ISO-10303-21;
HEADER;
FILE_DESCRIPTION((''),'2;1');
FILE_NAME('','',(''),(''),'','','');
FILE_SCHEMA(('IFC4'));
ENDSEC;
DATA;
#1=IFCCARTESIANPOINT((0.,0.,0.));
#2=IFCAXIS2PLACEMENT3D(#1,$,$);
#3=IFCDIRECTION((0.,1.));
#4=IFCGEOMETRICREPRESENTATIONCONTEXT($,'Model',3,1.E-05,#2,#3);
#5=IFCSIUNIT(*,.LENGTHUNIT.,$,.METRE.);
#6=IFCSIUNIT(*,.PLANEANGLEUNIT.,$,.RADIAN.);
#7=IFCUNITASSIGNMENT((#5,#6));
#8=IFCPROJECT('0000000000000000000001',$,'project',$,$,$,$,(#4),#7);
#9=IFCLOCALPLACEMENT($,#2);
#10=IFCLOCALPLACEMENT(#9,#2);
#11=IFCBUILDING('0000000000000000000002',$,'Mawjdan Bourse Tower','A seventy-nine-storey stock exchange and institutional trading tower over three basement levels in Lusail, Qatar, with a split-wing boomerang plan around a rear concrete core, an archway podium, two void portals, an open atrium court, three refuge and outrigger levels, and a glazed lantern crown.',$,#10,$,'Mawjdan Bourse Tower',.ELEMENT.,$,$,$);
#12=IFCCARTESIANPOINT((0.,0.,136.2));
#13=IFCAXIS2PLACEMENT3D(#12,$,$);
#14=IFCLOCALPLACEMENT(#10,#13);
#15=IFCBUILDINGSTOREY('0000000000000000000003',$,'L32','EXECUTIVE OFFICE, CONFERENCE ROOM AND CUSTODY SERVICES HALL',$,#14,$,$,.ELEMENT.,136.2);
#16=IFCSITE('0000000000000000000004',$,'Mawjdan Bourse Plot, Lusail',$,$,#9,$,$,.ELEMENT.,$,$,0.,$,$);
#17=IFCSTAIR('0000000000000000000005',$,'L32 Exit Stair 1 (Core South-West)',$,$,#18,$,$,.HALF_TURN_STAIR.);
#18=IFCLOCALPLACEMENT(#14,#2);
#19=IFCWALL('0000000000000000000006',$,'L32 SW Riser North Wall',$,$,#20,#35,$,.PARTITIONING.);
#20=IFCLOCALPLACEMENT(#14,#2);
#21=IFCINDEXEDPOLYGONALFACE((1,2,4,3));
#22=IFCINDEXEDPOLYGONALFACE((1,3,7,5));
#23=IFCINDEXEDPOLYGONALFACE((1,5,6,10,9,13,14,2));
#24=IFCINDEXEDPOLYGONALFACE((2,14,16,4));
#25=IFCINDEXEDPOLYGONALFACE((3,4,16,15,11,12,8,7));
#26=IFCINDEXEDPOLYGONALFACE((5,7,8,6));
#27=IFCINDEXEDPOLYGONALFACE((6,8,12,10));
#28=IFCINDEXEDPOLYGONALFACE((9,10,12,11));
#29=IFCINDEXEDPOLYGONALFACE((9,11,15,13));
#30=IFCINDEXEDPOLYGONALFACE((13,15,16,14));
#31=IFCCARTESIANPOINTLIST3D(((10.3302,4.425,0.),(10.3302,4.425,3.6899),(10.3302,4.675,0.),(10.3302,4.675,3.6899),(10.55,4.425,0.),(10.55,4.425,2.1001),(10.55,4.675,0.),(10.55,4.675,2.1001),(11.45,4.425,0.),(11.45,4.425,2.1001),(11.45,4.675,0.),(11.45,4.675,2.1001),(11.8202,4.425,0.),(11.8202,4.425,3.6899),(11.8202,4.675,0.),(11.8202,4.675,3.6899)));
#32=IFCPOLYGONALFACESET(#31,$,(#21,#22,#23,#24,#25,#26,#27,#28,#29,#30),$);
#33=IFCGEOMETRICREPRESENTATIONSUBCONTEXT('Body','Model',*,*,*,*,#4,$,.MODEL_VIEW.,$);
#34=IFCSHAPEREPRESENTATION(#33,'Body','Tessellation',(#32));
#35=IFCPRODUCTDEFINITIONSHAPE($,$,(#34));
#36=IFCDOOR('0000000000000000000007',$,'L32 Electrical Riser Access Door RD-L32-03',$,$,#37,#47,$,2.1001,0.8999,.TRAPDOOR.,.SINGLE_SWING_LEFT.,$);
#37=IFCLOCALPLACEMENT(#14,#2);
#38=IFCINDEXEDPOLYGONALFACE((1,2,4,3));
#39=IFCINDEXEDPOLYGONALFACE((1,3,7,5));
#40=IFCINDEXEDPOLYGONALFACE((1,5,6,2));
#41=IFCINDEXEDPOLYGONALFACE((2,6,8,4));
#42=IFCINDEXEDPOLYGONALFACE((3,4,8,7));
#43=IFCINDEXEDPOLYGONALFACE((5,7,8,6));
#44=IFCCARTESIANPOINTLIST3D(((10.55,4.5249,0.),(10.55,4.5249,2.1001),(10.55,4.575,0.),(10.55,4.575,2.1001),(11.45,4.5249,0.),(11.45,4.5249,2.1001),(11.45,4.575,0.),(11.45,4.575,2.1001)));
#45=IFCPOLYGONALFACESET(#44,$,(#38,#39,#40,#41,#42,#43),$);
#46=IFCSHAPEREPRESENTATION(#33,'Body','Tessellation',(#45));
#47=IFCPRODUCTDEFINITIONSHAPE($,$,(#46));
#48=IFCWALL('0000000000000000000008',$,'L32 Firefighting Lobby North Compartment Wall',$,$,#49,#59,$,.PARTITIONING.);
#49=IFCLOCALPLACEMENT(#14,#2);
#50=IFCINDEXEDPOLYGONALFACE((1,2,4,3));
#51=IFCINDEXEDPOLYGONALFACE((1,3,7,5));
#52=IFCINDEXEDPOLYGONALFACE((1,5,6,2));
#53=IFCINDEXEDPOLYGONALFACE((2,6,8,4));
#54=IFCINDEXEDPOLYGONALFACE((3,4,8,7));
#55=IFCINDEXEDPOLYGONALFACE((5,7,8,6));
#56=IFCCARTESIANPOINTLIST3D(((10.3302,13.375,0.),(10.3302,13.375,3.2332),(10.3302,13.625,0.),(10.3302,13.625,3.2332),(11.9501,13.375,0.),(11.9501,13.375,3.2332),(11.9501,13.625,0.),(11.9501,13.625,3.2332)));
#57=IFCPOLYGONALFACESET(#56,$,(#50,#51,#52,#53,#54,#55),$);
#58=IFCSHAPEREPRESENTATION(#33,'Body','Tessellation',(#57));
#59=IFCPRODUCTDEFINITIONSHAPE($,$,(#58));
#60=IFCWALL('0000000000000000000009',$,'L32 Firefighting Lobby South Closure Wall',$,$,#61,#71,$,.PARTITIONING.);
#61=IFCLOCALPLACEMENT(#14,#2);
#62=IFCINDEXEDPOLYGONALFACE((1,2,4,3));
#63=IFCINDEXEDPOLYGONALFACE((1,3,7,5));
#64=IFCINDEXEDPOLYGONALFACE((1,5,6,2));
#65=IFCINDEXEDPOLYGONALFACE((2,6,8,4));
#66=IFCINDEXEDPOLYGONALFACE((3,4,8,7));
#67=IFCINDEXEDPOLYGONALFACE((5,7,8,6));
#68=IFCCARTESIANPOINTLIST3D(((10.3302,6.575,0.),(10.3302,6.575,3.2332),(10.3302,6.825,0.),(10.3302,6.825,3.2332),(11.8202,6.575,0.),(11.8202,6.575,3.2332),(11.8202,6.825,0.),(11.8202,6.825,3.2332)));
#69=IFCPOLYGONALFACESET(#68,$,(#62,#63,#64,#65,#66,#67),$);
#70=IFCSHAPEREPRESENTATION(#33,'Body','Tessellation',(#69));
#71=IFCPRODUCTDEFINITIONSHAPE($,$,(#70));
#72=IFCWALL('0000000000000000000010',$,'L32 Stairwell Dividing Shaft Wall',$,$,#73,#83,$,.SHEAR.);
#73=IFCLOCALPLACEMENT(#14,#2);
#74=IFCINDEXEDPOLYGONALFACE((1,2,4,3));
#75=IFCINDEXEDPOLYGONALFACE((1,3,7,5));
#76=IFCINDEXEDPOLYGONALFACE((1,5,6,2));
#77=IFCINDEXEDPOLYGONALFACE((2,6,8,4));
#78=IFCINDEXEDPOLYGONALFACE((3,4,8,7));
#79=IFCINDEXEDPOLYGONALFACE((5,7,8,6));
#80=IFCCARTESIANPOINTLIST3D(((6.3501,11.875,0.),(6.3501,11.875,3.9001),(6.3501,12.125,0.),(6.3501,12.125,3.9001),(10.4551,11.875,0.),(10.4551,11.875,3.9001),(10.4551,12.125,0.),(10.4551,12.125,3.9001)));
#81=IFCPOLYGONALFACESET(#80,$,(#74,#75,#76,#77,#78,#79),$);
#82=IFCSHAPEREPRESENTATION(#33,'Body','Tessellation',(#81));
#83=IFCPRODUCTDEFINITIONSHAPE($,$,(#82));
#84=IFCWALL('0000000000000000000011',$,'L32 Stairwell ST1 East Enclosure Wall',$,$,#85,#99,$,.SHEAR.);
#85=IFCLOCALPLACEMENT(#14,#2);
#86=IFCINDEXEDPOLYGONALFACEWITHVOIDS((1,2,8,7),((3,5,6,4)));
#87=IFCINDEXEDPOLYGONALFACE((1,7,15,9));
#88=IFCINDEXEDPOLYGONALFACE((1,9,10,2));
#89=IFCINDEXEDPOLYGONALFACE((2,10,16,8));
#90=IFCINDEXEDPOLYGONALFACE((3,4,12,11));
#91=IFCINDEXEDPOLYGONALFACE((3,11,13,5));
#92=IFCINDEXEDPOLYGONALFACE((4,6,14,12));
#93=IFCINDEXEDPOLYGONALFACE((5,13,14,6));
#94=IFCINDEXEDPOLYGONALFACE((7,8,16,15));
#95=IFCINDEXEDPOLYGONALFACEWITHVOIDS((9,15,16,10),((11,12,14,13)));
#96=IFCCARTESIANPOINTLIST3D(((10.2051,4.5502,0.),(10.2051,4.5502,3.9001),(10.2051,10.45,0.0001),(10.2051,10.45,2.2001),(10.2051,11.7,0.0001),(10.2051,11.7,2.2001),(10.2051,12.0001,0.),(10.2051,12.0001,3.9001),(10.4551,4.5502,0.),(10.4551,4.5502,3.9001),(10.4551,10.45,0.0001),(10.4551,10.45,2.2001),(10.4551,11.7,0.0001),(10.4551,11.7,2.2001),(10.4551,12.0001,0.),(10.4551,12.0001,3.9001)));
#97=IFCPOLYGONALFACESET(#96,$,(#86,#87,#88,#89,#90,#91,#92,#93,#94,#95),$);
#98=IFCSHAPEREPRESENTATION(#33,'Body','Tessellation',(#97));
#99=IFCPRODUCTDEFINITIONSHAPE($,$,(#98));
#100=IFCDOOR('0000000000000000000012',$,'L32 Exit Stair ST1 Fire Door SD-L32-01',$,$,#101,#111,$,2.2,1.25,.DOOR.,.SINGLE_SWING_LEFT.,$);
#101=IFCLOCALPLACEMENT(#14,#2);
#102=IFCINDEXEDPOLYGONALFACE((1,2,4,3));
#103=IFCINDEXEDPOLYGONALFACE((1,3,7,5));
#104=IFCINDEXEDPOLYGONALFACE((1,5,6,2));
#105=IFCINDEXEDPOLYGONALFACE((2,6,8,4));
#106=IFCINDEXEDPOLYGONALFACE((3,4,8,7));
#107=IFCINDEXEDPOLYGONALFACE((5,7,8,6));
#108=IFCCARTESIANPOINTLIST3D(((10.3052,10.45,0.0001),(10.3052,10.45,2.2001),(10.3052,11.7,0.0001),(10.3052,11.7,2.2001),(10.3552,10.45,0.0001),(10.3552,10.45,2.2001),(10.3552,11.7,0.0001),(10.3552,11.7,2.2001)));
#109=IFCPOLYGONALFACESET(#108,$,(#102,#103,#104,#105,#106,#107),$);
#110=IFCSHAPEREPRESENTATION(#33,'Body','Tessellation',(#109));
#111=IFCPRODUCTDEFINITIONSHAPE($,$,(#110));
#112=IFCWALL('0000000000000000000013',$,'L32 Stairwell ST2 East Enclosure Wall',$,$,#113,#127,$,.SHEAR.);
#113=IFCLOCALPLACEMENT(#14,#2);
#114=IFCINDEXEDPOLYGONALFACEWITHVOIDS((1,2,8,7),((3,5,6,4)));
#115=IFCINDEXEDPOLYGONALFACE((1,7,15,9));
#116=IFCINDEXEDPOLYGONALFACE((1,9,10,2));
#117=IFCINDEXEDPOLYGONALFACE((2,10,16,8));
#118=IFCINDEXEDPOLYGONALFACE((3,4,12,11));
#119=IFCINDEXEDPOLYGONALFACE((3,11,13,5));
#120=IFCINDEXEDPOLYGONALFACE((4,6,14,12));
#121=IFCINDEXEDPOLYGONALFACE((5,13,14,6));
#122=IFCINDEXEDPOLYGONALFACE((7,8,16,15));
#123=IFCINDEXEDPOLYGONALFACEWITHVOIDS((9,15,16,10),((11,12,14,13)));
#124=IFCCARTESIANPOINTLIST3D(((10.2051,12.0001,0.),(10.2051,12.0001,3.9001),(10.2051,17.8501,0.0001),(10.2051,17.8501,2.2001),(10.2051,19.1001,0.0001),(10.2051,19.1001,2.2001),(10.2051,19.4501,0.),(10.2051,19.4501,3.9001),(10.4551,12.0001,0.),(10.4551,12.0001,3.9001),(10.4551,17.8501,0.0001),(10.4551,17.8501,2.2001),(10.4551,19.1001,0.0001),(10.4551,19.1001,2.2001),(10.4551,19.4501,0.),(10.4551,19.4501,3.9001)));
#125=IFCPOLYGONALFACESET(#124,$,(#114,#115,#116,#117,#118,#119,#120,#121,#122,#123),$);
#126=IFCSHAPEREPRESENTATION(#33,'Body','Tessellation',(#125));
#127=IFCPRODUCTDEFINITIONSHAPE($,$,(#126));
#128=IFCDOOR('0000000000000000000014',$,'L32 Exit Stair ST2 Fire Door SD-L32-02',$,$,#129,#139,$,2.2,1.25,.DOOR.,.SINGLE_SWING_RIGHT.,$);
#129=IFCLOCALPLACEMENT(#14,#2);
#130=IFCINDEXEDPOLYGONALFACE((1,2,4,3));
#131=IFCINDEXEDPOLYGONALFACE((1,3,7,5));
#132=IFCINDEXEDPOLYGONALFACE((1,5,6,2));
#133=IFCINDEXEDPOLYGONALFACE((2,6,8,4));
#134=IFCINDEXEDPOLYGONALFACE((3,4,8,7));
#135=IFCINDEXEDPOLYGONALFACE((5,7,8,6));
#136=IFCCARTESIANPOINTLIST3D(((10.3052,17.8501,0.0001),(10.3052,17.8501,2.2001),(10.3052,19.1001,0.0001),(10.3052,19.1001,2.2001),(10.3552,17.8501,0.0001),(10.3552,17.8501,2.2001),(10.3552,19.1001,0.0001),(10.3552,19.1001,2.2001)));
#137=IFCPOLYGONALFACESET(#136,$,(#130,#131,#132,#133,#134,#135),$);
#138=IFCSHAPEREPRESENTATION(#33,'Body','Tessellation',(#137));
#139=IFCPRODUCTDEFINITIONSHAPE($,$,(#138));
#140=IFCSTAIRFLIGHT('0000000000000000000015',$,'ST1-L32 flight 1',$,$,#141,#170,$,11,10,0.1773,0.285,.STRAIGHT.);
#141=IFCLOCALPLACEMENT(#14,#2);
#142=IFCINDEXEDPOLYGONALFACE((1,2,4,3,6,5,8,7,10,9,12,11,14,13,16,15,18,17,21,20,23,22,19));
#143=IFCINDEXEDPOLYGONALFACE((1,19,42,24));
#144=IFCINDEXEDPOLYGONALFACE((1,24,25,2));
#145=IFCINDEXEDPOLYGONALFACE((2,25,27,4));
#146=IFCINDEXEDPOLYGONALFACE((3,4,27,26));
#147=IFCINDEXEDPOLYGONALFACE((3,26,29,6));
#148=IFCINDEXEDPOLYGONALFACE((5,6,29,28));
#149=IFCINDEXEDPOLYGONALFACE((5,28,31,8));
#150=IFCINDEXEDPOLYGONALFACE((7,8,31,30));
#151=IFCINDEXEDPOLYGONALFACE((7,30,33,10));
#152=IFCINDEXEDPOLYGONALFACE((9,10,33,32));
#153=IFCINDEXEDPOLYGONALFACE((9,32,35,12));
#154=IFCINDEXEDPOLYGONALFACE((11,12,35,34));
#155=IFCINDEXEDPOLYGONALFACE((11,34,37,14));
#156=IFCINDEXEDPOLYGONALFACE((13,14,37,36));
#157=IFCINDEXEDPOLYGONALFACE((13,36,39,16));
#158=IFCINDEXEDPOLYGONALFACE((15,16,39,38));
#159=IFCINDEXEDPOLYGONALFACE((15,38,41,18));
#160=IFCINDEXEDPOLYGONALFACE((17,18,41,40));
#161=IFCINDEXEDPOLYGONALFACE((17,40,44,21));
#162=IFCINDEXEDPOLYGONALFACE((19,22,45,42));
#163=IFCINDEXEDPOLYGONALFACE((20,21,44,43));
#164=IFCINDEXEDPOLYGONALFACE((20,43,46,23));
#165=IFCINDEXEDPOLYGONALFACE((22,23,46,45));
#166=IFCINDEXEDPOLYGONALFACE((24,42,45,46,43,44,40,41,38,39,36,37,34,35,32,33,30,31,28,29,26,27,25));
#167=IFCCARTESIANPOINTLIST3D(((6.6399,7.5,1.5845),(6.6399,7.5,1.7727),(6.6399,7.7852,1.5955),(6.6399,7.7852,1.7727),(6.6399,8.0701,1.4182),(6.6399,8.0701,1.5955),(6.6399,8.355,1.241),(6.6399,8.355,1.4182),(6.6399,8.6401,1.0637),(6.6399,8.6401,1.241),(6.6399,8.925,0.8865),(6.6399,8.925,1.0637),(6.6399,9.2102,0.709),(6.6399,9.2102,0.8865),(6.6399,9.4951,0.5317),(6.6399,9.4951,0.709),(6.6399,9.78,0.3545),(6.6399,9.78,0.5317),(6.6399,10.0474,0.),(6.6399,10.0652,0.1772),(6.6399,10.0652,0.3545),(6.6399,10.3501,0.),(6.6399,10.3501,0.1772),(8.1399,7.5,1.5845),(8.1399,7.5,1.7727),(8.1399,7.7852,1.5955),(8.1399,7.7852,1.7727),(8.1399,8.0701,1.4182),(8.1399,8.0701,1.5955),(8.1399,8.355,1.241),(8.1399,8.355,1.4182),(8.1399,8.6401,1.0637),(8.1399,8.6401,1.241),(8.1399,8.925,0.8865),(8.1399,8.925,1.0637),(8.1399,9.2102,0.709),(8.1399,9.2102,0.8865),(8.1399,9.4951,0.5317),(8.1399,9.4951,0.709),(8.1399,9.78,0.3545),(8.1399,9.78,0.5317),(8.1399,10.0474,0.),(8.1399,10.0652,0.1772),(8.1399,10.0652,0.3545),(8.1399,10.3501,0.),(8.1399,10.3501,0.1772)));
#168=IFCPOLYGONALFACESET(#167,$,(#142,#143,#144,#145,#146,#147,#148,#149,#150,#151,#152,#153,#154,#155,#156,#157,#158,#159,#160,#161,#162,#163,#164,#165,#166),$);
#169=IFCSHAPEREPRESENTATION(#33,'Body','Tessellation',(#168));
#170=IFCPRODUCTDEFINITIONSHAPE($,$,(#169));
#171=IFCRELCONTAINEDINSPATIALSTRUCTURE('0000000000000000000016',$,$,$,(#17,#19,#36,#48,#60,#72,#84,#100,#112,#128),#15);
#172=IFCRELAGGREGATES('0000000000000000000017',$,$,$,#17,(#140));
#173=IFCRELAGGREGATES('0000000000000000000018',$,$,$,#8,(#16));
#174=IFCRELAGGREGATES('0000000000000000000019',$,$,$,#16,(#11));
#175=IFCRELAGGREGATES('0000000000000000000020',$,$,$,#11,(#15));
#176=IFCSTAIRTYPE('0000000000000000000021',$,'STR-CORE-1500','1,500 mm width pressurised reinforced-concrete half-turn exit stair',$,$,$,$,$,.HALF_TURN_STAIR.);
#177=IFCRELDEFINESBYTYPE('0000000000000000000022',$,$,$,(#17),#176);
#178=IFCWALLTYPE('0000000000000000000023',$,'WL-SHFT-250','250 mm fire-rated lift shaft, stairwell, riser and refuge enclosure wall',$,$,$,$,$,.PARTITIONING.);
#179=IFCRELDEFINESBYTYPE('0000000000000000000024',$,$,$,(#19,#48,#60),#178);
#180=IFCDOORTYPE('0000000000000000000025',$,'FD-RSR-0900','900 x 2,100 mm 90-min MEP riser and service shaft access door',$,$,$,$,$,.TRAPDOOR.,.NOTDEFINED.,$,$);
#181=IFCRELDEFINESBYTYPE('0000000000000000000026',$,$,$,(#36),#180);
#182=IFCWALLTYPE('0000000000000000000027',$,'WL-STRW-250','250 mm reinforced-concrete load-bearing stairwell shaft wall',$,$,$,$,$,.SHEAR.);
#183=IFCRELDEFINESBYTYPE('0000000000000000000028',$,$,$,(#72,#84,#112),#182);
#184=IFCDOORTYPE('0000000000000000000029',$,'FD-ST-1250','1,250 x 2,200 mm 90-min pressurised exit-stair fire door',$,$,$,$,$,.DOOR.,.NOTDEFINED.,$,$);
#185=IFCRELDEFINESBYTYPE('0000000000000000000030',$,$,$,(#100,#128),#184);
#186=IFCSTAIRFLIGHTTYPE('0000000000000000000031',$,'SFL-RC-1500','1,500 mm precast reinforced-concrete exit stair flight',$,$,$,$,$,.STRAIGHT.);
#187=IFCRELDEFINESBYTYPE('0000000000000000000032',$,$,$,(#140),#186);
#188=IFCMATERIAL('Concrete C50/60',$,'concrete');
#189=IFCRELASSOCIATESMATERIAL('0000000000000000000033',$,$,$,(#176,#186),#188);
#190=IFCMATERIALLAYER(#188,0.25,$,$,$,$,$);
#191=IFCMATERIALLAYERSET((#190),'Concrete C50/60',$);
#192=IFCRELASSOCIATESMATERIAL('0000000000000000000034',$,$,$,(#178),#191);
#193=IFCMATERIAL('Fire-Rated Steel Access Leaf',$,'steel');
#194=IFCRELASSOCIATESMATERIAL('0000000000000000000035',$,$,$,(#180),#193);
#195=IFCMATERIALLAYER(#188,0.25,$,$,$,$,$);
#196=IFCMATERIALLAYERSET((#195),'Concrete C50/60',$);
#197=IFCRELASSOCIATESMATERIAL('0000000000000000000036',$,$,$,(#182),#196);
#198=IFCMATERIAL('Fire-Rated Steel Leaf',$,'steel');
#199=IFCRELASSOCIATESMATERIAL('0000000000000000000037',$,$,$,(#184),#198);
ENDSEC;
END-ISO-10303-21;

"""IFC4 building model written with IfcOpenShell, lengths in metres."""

from ifc_helpers import new_model, si_unit, direction, frame, frame_2d, origin, place, context, subcontext, project, spatial, polyline, rectangle, outline, extrude, material, layer, layer_set, type_object, element, fill, aggregate, save


model = new_model("IFC4")

# Units and contexts
model_context = context("Model", 3, precision=1e-05, world=origin(), true_north=direction((0.0, 1.0)))
body_context = subcontext(model_context, "Body", "Model", "MODEL_VIEW")
ifc_project = project(units=[si_unit("LENGTHUNIT", "METRE"), si_unit("PLANEANGLEUNIT", "RADIAN")], contexts=[model_context])

# Site, building, storey
site_placement = place(None, origin())
site = spatial("IfcSite", under=ifc_project, at=site_placement, Name="Mawjdan Bourse Plot, Lusail", CompositionType="ELEMENT", RefElevation=0.0)
building_placement = place(site_placement, origin())
building = spatial("IfcBuilding", under=site, at=building_placement, Name="Mawjdan Bourse Tower", Description="A seventy-nine-storey stock exchange and institutional trading tower over three basement levels in Lusail, Qatar, with a split-wing boomerang plan around a rear concrete core, an archway podium, two void portals, an open atrium court, three refuge and outrigger levels, and a glazed lantern crown.", LongName="Mawjdan Bourse Tower", CompositionType="ELEMENT")
storey_placement = place(building_placement, frame((0.0, 0.0, 136.2)))
storey = spatial("IfcBuildingStorey", under=building, at=storey_placement, Name="L32", Description="EXECUTIVE OFFICE, CONFERENCE ROOM AND CUSTODY SERVICES HALL", CompositionType="ELEMENT", Elevation=136.2)

# Stair
ifc_material_1 = material(Name="Concrete C50/60", Category="concrete")
stair_type = type_object("IfcStairType", Name="STR-CORE-1500", Description="1,500 mm width pressurised reinforced-concrete half-turn exit stair", PredefinedType="HALF_TURN_STAIR", material=ifc_material_1)
stair_1_placement = place(storey_placement, origin())
stair_1 = element("IfcStair", 1, at=stair_1_placement, inside=storey, type_object=stair_type, Name="L32 Exit Stair 1 (Core South-West)", PredefinedType="HALF_TURN_STAIR")

# Wall, opening, door
ifc_layer_1 = layer(ifc_material_1, 0.25)
ifc_layer_set_1 = layer_set([ifc_layer_1], Name="Concrete C50/60")
wall_type_1 = type_object("IfcWallType", Name="WL-SHFT-250", Description="250 mm fire-rated lift shaft, stairwell, riser and refuge enclosure wall", PredefinedType="PARTITIONING", material=ifc_layer_set_1)
wall_1_placement = place(storey_placement, frame((10.3301, 4.55, 0.0), z_axis=(0.0, 0.0, 1.0), x_axis=(1.0, 0.0, 0.0)))
wall_1 = element("IfcWall", 2, at=wall_1_placement, inside=storey, type_object=wall_type_1, Name="L32 SW Riser North Wall", PredefinedType="PARTITIONING", context=body_context, shape_type="SweptSolid", body=[
    extrude(rectangle(XDim=1.49, YDim=0.25, at=frame_2d((0.7451, 0.0))), origin(), (0.0, 0.0, 1.0), 3.6899),
])
opening_1_placement = place(wall_1_placement, frame((0.22, 0.0, 0.0)))
opening_1 = element("IfcOpeningElement", 3, at=opening_1_placement, cuts=wall_1, PredefinedType="OPENING", context=body_context, shape_type="SweptSolid", body=[
    extrude(rectangle(XDim=0.8999, YDim=2.1001, at=frame_2d((0.45, 1.05))), frame((0.0, 0.135, 0.0), z_axis=(0.0, -1.0, 0.0), x_axis=(1.0, 0.0, 0.0)), (0.0, 0.0, 1.0), 0.27),
])
ifc_material_2 = material(Name="Fire-Rated Steel Access Leaf", Category="steel")
door_type_1 = type_object("IfcDoorType", Name="FD-RSR-0900", Description="900 x 2,100 mm 90-min MEP riser and service shaft access door", OperationType="NOTDEFINED", PredefinedType="TRAPDOOR", material=ifc_material_2)
door_1_placement = place(opening_1_placement, origin())
door_1 = element("IfcDoor", 4, at=door_1_placement, inside=storey, type_object=door_type_1, Name="L32 Electrical Riser Access Door RD-L32-03", OperationType="SINGLE_SWING_LEFT", OverallHeight=2.1001, OverallWidth=0.8999, PredefinedType="TRAPDOOR", context=body_context, shape_type="SweptSolid", body=[
    extrude(rectangle(XDim=0.8999, YDim=2.1001, at=frame_2d((0.45, 1.05))), frame((0.0, 0.0249, 0.0), z_axis=(0.0, -1.0, 0.0), x_axis=(1.0, 0.0, 0.0)), (0.0, 0.0, 1.0), 0.05),
])
fill(opening_1, door_1)

# Walls
wall_2_placement = place(storey_placement, frame((10.3301, 13.5, 0.0), z_axis=(0.0, 0.0, 1.0), x_axis=(1.0, 0.0, 0.0)))
element("IfcWall", 5, at=wall_2_placement, inside=storey, type_object=wall_type_1, Name="L32 Firefighting Lobby North Compartment Wall", PredefinedType="PARTITIONING", context=body_context, shape_type="SweptSolid", body=[
    extrude(rectangle(XDim=1.6199, YDim=0.25, at=frame_2d((0.8101, 0.0))), origin(), (0.0, 0.0, 1.0), 3.2332),
])
wall_3_placement = place(storey_placement, frame((10.3301, 6.7, 0.0), z_axis=(0.0, 0.0, 1.0), x_axis=(1.0, 0.0, 0.0)))
element("IfcWall", 6, at=wall_3_placement, inside=storey, type_object=wall_type_1, Name="L32 Firefighting Lobby South Closure Wall", PredefinedType="PARTITIONING", context=body_context, shape_type="SweptSolid", body=[
    extrude(rectangle(XDim=1.49, YDim=0.25, at=frame_2d((0.7451, 0.0))), origin(), (0.0, 0.0, 1.0), 3.2332),
])
ifc_layer_2 = layer(ifc_material_1, 0.25)
ifc_layer_set_2 = layer_set([ifc_layer_2], Name="Concrete C50/60")
wall_type_2 = type_object("IfcWallType", Name="WL-STRW-250", Description="250 mm reinforced-concrete load-bearing stairwell shaft wall", PredefinedType="SHEAR", material=ifc_layer_set_2)
wall_4_placement = place(storey_placement, frame((6.3501, 12.0, 0.0), z_axis=(0.0, 0.0, 1.0), x_axis=(1.0, 0.0, 0.0)))
element("IfcWall", 7, at=wall_4_placement, inside=storey, type_object=wall_type_2, Name="L32 Stairwell Dividing Shaft Wall", PredefinedType="SHEAR", context=body_context, shape_type="SweptSolid", body=[
    extrude(rectangle(XDim=4.105, YDim=0.25, at=frame_2d((2.0525, 0.0))), origin(), (0.0, 0.0, 1.0), 3.9001),
])

# Walls, openings, doors
wall_5_placement = place(storey_placement, frame((10.3301, 4.55, 0.0), z_axis=(0.0, 0.0, 1.0), x_axis=(0.0, 1.0, 0.0)))
wall_5 = element("IfcWall", 8, at=wall_5_placement, inside=storey, type_object=wall_type_2, Name="L32 Stairwell ST1 East Enclosure Wall", PredefinedType="SHEAR", context=body_context, shape_type="SweptSolid", body=[
    extrude(rectangle(XDim=7.45, YDim=0.25, at=frame_2d((3.7251, 0.0))), origin(), (0.0, 0.0, 1.0), 3.9001),
])
opening_2_placement = place(wall_5_placement, frame((5.8999, 0.0, 0.0)))
opening_2 = element("IfcOpeningElement", 9, at=opening_2_placement, cuts=wall_5, PredefinedType="OPENING", context=body_context, shape_type="SweptSolid", body=[
    extrude(rectangle(XDim=1.25, YDim=2.2, at=frame_2d((0.625, 1.1001))), frame((0.0, 0.135, 0.0), z_axis=(0.0, -1.0, 0.0), x_axis=(1.0, 0.0, 0.0)), (0.0, 0.0, 1.0), 0.27),
])
ifc_material_3 = material(Name="Fire-Rated Steel Leaf", Category="steel")
door_type_2 = type_object("IfcDoorType", Name="FD-ST-1250", Description="1,250 x 2,200 mm 90-min pressurised exit-stair fire door", OperationType="NOTDEFINED", PredefinedType="DOOR", material=ifc_material_3)
door_2_placement = place(opening_2_placement, origin())
door_2 = element("IfcDoor", 10, at=door_2_placement, inside=storey, type_object=door_type_2, Name="L32 Exit Stair ST1 Fire Door SD-L32-01", OperationType="SINGLE_SWING_LEFT", OverallHeight=2.2, OverallWidth=1.25, PredefinedType="DOOR", context=body_context, shape_type="SweptSolid", body=[
    extrude(rectangle(XDim=1.25, YDim=2.2, at=frame_2d((0.625, 1.1001))), frame((0.0, 0.0249, 0.0), z_axis=(0.0, -1.0, 0.0), x_axis=(1.0, 0.0, 0.0)), (0.0, 0.0, 1.0), 0.05),
])
fill(opening_2, door_2)
wall_6_placement = place(storey_placement, frame((10.3301, 12.0, 0.0), z_axis=(0.0, 0.0, 1.0), x_axis=(0.0, 1.0, 0.0)))
wall_6 = element("IfcWall", 11, at=wall_6_placement, inside=storey, type_object=wall_type_2, Name="L32 Stairwell ST2 East Enclosure Wall", PredefinedType="SHEAR", context=body_context, shape_type="SweptSolid", body=[
    extrude(rectangle(XDim=7.45, YDim=0.25, at=frame_2d((3.7251, 0.0))), origin(), (0.0, 0.0, 1.0), 3.9001),
])
opening_3_placement = place(wall_6_placement, frame((5.8501, 0.0, 0.0)))
opening_3 = element("IfcOpeningElement", 12, at=opening_3_placement, cuts=wall_6, PredefinedType="OPENING", context=body_context, shape_type="SweptSolid", body=[
    extrude(rectangle(XDim=1.25, YDim=2.2, at=frame_2d((0.625, 1.1001))), frame((0.0, 0.135, 0.0), z_axis=(0.0, -1.0, 0.0), x_axis=(1.0, 0.0, 0.0)), (0.0, 0.0, 1.0), 0.27),
])
door_3_placement = place(opening_3_placement, origin())
door_3 = element("IfcDoor", 13, at=door_3_placement, inside=storey, type_object=door_type_2, Name="L32 Exit Stair ST2 Fire Door SD-L32-02", OperationType="SINGLE_SWING_RIGHT", OverallHeight=2.2, OverallWidth=1.25, PredefinedType="DOOR", context=body_context, shape_type="SweptSolid", body=[
    extrude(rectangle(XDim=1.25, YDim=2.2, at=frame_2d((0.625, 1.1001))), frame((0.0, 0.0249, 0.0), z_axis=(0.0, -1.0, 0.0), x_axis=(1.0, 0.0, 0.0)), (0.0, 0.0, 1.0), 0.05),
])
fill(opening_3, door_3)

# Stair flight
stair_flight_type = type_object("IfcStairFlightType", Name="SFL-RC-1500", Description="1,500 mm precast reinforced-concrete exit stair flight", PredefinedType="STRAIGHT", material=ifc_material_1)
stair_flight_1_placement = place(storey_placement, frame((7.3899, 10.3501, 0.0), z_axis=(0.0, 0.0, 1.0), x_axis=(0.0, -1.0, 0.0)))
stair_flight_1 = element("IfcStairFlight", 14, at=stair_flight_1_placement, type_object=stair_flight_type, Name="ST1-L32 flight 1", NumberOfRisers=11, NumberOfTreads=10, PredefinedType="STRAIGHT", RiserHeight=0.1773, TreadLength=0.285, context=body_context, shape_type="SweptSolid", body=[
    extrude(outline(polyline([(0.0, 0.0), (0.0, 0.1772), (0.2849, 0.1772), (0.2849, 0.3545), (0.5701, 0.3545), (0.5701, 0.5317), (0.855, 0.5317), (0.855, 0.709), (1.1399, 0.709), (1.1399, 0.8865), (1.425, 0.8865), (1.425, 1.0637), (1.71, 1.0637), (1.71, 1.241), (1.9951, 1.241), (1.9951, 1.4182), (2.28, 1.4182), (2.28, 1.5955), (2.5649, 1.5955), (2.5649, 1.7727), (2.8501, 1.7727), (2.8501, 1.95), (2.8501, 1.5845), (0.3027, 0.0), (0.0, 0.0)])), frame((0.0, 0.75, 0.0), z_axis=(0.0, -1.0, 0.0), x_axis=(1.0, 0.0, 0.0)), (0.0, 0.0, 1.0), 1.5),
])
aggregate(stair_1, [stair_flight_1])

save(model, "model.ifc")
